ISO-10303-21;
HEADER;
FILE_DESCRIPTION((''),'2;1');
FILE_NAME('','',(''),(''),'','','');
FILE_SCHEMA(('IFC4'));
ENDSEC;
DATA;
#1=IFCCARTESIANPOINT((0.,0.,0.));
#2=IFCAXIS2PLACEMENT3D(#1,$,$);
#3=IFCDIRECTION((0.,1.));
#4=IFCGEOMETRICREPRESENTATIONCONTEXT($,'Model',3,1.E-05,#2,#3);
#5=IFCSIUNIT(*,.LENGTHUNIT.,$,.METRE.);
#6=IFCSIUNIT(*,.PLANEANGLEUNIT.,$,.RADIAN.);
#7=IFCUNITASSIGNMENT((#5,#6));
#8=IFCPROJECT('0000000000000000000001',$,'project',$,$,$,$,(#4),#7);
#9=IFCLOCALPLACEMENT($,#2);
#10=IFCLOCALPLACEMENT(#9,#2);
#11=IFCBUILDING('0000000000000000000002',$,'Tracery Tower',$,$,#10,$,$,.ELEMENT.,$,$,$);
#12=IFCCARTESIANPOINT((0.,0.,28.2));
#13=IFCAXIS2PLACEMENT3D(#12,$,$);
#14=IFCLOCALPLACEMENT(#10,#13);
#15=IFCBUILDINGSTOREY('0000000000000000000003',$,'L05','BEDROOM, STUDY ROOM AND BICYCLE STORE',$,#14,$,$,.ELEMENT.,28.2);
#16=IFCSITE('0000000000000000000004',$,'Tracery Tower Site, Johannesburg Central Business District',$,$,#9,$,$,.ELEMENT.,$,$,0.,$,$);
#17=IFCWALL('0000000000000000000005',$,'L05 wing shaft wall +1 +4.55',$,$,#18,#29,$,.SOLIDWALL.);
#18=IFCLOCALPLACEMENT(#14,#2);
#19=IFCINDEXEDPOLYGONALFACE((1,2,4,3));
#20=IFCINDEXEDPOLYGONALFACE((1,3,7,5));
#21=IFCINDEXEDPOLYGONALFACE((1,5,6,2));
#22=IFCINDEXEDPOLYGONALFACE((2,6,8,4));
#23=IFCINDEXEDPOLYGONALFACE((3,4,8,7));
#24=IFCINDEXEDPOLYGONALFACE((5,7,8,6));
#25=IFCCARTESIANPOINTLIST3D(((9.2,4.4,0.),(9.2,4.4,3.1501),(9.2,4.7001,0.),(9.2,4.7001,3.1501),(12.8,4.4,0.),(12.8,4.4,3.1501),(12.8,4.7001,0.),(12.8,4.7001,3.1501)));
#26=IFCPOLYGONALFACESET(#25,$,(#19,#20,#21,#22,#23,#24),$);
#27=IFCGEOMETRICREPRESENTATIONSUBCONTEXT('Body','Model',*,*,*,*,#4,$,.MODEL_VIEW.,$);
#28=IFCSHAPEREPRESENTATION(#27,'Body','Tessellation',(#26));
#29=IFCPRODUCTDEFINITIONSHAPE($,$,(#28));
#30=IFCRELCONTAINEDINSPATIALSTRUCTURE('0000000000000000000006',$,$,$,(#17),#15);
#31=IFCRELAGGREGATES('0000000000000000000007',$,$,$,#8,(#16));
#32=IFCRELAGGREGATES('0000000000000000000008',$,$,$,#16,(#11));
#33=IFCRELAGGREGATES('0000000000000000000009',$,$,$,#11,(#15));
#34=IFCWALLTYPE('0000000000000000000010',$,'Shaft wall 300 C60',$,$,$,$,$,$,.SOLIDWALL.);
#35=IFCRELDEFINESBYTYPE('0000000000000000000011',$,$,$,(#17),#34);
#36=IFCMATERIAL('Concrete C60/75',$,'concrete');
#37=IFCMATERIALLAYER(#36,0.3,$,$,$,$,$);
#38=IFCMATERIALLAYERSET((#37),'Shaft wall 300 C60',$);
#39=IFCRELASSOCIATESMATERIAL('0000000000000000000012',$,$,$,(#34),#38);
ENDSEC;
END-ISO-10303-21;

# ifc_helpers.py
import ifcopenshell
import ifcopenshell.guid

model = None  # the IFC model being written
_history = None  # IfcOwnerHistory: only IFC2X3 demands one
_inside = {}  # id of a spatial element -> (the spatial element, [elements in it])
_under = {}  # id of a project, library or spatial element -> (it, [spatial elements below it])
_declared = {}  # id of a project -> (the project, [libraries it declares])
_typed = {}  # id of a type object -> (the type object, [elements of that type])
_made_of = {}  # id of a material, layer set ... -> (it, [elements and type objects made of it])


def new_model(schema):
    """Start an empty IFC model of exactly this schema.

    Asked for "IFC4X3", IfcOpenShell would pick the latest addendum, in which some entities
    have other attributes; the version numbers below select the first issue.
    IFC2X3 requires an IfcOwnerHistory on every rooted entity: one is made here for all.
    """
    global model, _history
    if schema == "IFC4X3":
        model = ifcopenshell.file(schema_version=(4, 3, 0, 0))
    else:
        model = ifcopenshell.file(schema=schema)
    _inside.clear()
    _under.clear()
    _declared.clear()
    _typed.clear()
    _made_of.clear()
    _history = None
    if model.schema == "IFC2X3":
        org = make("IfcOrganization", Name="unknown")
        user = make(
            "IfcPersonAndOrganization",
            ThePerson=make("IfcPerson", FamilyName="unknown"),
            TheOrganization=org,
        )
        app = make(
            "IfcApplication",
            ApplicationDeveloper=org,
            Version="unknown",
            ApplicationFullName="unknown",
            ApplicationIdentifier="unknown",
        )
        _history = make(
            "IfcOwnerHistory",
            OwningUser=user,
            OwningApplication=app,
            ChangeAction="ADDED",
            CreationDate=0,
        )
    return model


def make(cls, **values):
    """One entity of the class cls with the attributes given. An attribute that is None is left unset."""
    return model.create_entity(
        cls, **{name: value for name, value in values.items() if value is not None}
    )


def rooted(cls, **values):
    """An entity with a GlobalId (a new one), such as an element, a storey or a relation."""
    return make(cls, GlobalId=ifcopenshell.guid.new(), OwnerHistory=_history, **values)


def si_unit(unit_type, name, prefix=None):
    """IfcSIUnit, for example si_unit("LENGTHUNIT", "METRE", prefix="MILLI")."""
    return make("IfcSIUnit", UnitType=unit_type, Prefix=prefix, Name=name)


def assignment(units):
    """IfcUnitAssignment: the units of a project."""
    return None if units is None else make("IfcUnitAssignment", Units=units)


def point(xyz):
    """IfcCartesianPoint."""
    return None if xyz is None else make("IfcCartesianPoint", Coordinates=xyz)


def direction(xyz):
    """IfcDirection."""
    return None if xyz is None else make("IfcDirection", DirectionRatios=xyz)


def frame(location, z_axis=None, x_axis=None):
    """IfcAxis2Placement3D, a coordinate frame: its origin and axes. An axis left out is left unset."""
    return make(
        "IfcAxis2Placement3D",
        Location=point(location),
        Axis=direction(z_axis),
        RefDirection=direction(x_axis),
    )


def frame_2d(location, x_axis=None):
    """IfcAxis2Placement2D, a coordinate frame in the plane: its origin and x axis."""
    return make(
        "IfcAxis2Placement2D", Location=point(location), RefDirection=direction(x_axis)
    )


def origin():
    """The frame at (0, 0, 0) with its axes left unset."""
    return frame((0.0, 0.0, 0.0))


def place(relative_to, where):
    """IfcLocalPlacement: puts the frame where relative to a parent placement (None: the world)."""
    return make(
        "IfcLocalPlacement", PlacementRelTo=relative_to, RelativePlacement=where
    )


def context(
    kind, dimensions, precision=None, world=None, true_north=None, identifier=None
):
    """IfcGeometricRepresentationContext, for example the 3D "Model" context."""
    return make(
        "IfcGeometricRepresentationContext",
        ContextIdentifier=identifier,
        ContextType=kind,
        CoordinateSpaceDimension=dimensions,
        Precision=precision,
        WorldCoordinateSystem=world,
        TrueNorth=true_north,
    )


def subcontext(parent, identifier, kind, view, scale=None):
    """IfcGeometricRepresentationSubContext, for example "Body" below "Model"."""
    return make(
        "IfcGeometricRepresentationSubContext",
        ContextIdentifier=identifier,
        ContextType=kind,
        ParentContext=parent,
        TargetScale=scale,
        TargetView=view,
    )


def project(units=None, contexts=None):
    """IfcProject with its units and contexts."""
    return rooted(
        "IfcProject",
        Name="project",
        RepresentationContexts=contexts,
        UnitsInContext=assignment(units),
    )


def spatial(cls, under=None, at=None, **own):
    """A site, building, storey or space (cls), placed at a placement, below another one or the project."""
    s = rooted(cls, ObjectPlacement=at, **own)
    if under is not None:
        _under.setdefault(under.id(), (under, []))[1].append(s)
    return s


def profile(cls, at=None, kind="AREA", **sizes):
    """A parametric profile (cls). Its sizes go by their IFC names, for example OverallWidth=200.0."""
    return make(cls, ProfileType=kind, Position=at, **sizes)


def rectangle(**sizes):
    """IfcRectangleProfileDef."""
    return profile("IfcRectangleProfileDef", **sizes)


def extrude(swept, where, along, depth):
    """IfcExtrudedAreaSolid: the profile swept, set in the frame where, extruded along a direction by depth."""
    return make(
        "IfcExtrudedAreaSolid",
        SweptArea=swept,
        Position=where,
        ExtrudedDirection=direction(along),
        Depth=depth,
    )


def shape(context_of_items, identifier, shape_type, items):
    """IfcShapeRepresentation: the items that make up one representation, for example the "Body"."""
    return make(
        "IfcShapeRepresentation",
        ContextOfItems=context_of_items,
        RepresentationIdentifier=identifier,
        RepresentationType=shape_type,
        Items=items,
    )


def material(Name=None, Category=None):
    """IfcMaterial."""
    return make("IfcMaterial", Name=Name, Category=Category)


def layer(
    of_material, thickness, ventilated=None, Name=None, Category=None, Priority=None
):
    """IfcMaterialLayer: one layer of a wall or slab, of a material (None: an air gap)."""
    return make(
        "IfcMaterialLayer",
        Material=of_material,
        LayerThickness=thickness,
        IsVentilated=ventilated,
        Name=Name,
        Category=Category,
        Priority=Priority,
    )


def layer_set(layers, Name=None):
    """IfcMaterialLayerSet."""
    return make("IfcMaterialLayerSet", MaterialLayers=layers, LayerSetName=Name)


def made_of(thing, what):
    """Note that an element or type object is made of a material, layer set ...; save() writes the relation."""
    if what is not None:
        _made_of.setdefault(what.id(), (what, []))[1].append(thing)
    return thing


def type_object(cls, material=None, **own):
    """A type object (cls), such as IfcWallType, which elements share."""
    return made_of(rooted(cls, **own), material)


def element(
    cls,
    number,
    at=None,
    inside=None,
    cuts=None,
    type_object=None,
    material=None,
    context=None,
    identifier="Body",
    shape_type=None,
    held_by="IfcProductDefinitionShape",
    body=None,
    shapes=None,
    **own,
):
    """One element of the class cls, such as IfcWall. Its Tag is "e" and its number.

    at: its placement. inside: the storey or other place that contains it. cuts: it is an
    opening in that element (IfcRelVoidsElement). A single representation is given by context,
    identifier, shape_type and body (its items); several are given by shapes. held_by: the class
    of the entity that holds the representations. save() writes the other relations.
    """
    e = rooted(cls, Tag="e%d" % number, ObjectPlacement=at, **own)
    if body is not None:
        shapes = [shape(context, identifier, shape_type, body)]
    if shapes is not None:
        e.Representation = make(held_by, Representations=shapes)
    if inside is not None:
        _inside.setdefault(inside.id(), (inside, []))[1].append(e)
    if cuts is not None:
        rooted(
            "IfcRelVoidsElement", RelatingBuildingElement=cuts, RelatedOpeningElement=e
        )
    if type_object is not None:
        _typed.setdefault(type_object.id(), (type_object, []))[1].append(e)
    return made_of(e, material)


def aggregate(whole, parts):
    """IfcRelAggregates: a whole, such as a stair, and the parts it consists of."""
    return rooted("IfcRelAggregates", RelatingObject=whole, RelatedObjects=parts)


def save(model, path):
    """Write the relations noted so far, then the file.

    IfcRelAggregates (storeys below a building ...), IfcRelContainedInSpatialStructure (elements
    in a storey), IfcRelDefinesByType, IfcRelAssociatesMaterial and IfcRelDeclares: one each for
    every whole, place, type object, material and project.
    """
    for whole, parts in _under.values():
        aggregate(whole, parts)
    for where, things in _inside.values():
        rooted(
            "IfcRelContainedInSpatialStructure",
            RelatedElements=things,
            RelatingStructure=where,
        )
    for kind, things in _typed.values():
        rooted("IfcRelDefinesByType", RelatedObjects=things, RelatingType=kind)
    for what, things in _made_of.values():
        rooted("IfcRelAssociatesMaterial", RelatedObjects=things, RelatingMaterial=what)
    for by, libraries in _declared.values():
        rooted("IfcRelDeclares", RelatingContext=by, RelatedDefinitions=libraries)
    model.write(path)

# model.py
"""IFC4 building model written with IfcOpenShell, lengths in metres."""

from ifc_helpers import new_model, si_unit, direction, frame, frame_2d, origin, place, context, subcontext, project, spatial, rectangle, extrude, material, layer, layer_set, type_object, element, save


model = new_model("IFC4")

# Units and contexts
model_context = context("Model", 3, precision=1e-05, world=origin(), true_north=direction((0.0, 1.0)))
body_context = subcontext(model_context, "Body", "Model", "MODEL_VIEW")
ifc_project = project(units=[si_unit("LENGTHUNIT", "METRE"), si_unit("PLANEANGLEUNIT", "RADIAN")], contexts=[model_context])

# Site, building, storey
site_placement = place(None, origin())
site = spatial("IfcSite", under=ifc_project, at=site_placement, Name="Tracery Tower Site, Johannesburg Central Business District", CompositionType="ELEMENT", RefElevation=0.0)
building_placement = place(site_placement, origin())
building = spatial("IfcBuilding", under=site, at=building_placement, Name="Tracery Tower", CompositionType="ELEMENT")
storey_placement = place(building_placement, frame((0.0, 0.0, 28.2)))
storey = spatial("IfcBuildingStorey", under=building, at=storey_placement, Name="L05", Description="BEDROOM, STUDY ROOM AND BICYCLE STORE", CompositionType="ELEMENT", Elevation=28.2)

# Wall
ifc_material_1 = material(Name="Concrete C60/75", Category="concrete")
ifc_layer_1 = layer(ifc_material_1, 0.3)
ifc_layer_set_1 = layer_set([ifc_layer_1], Name="Shaft wall 300 C60")
wall_type_1 = type_object("IfcWallType", Name="Shaft wall 300 C60", PredefinedType="SOLIDWALL", material=ifc_layer_set_1)
wall_1_placement = place(storey_placement, frame((9.2, 4.55, 0.0), z_axis=(0.0, 0.0, 1.0), x_axis=(1.0, 0.0, 0.0)))
element("IfcWall", 1, at=wall_1_placement, inside=storey, type_object=wall_type_1, Name="L05 wing shaft wall +1 +4.55", PredefinedType="SOLIDWALL", context=body_context, shape_type="SweptSolid", body=[
    extrude(rectangle(XDim=3.6001, YDim=0.3, at=frame_2d((1.8, 0.0))), origin(), (0.0, 0.0, 1.0), 3.1501),
])

save(model, "model.ifc")
